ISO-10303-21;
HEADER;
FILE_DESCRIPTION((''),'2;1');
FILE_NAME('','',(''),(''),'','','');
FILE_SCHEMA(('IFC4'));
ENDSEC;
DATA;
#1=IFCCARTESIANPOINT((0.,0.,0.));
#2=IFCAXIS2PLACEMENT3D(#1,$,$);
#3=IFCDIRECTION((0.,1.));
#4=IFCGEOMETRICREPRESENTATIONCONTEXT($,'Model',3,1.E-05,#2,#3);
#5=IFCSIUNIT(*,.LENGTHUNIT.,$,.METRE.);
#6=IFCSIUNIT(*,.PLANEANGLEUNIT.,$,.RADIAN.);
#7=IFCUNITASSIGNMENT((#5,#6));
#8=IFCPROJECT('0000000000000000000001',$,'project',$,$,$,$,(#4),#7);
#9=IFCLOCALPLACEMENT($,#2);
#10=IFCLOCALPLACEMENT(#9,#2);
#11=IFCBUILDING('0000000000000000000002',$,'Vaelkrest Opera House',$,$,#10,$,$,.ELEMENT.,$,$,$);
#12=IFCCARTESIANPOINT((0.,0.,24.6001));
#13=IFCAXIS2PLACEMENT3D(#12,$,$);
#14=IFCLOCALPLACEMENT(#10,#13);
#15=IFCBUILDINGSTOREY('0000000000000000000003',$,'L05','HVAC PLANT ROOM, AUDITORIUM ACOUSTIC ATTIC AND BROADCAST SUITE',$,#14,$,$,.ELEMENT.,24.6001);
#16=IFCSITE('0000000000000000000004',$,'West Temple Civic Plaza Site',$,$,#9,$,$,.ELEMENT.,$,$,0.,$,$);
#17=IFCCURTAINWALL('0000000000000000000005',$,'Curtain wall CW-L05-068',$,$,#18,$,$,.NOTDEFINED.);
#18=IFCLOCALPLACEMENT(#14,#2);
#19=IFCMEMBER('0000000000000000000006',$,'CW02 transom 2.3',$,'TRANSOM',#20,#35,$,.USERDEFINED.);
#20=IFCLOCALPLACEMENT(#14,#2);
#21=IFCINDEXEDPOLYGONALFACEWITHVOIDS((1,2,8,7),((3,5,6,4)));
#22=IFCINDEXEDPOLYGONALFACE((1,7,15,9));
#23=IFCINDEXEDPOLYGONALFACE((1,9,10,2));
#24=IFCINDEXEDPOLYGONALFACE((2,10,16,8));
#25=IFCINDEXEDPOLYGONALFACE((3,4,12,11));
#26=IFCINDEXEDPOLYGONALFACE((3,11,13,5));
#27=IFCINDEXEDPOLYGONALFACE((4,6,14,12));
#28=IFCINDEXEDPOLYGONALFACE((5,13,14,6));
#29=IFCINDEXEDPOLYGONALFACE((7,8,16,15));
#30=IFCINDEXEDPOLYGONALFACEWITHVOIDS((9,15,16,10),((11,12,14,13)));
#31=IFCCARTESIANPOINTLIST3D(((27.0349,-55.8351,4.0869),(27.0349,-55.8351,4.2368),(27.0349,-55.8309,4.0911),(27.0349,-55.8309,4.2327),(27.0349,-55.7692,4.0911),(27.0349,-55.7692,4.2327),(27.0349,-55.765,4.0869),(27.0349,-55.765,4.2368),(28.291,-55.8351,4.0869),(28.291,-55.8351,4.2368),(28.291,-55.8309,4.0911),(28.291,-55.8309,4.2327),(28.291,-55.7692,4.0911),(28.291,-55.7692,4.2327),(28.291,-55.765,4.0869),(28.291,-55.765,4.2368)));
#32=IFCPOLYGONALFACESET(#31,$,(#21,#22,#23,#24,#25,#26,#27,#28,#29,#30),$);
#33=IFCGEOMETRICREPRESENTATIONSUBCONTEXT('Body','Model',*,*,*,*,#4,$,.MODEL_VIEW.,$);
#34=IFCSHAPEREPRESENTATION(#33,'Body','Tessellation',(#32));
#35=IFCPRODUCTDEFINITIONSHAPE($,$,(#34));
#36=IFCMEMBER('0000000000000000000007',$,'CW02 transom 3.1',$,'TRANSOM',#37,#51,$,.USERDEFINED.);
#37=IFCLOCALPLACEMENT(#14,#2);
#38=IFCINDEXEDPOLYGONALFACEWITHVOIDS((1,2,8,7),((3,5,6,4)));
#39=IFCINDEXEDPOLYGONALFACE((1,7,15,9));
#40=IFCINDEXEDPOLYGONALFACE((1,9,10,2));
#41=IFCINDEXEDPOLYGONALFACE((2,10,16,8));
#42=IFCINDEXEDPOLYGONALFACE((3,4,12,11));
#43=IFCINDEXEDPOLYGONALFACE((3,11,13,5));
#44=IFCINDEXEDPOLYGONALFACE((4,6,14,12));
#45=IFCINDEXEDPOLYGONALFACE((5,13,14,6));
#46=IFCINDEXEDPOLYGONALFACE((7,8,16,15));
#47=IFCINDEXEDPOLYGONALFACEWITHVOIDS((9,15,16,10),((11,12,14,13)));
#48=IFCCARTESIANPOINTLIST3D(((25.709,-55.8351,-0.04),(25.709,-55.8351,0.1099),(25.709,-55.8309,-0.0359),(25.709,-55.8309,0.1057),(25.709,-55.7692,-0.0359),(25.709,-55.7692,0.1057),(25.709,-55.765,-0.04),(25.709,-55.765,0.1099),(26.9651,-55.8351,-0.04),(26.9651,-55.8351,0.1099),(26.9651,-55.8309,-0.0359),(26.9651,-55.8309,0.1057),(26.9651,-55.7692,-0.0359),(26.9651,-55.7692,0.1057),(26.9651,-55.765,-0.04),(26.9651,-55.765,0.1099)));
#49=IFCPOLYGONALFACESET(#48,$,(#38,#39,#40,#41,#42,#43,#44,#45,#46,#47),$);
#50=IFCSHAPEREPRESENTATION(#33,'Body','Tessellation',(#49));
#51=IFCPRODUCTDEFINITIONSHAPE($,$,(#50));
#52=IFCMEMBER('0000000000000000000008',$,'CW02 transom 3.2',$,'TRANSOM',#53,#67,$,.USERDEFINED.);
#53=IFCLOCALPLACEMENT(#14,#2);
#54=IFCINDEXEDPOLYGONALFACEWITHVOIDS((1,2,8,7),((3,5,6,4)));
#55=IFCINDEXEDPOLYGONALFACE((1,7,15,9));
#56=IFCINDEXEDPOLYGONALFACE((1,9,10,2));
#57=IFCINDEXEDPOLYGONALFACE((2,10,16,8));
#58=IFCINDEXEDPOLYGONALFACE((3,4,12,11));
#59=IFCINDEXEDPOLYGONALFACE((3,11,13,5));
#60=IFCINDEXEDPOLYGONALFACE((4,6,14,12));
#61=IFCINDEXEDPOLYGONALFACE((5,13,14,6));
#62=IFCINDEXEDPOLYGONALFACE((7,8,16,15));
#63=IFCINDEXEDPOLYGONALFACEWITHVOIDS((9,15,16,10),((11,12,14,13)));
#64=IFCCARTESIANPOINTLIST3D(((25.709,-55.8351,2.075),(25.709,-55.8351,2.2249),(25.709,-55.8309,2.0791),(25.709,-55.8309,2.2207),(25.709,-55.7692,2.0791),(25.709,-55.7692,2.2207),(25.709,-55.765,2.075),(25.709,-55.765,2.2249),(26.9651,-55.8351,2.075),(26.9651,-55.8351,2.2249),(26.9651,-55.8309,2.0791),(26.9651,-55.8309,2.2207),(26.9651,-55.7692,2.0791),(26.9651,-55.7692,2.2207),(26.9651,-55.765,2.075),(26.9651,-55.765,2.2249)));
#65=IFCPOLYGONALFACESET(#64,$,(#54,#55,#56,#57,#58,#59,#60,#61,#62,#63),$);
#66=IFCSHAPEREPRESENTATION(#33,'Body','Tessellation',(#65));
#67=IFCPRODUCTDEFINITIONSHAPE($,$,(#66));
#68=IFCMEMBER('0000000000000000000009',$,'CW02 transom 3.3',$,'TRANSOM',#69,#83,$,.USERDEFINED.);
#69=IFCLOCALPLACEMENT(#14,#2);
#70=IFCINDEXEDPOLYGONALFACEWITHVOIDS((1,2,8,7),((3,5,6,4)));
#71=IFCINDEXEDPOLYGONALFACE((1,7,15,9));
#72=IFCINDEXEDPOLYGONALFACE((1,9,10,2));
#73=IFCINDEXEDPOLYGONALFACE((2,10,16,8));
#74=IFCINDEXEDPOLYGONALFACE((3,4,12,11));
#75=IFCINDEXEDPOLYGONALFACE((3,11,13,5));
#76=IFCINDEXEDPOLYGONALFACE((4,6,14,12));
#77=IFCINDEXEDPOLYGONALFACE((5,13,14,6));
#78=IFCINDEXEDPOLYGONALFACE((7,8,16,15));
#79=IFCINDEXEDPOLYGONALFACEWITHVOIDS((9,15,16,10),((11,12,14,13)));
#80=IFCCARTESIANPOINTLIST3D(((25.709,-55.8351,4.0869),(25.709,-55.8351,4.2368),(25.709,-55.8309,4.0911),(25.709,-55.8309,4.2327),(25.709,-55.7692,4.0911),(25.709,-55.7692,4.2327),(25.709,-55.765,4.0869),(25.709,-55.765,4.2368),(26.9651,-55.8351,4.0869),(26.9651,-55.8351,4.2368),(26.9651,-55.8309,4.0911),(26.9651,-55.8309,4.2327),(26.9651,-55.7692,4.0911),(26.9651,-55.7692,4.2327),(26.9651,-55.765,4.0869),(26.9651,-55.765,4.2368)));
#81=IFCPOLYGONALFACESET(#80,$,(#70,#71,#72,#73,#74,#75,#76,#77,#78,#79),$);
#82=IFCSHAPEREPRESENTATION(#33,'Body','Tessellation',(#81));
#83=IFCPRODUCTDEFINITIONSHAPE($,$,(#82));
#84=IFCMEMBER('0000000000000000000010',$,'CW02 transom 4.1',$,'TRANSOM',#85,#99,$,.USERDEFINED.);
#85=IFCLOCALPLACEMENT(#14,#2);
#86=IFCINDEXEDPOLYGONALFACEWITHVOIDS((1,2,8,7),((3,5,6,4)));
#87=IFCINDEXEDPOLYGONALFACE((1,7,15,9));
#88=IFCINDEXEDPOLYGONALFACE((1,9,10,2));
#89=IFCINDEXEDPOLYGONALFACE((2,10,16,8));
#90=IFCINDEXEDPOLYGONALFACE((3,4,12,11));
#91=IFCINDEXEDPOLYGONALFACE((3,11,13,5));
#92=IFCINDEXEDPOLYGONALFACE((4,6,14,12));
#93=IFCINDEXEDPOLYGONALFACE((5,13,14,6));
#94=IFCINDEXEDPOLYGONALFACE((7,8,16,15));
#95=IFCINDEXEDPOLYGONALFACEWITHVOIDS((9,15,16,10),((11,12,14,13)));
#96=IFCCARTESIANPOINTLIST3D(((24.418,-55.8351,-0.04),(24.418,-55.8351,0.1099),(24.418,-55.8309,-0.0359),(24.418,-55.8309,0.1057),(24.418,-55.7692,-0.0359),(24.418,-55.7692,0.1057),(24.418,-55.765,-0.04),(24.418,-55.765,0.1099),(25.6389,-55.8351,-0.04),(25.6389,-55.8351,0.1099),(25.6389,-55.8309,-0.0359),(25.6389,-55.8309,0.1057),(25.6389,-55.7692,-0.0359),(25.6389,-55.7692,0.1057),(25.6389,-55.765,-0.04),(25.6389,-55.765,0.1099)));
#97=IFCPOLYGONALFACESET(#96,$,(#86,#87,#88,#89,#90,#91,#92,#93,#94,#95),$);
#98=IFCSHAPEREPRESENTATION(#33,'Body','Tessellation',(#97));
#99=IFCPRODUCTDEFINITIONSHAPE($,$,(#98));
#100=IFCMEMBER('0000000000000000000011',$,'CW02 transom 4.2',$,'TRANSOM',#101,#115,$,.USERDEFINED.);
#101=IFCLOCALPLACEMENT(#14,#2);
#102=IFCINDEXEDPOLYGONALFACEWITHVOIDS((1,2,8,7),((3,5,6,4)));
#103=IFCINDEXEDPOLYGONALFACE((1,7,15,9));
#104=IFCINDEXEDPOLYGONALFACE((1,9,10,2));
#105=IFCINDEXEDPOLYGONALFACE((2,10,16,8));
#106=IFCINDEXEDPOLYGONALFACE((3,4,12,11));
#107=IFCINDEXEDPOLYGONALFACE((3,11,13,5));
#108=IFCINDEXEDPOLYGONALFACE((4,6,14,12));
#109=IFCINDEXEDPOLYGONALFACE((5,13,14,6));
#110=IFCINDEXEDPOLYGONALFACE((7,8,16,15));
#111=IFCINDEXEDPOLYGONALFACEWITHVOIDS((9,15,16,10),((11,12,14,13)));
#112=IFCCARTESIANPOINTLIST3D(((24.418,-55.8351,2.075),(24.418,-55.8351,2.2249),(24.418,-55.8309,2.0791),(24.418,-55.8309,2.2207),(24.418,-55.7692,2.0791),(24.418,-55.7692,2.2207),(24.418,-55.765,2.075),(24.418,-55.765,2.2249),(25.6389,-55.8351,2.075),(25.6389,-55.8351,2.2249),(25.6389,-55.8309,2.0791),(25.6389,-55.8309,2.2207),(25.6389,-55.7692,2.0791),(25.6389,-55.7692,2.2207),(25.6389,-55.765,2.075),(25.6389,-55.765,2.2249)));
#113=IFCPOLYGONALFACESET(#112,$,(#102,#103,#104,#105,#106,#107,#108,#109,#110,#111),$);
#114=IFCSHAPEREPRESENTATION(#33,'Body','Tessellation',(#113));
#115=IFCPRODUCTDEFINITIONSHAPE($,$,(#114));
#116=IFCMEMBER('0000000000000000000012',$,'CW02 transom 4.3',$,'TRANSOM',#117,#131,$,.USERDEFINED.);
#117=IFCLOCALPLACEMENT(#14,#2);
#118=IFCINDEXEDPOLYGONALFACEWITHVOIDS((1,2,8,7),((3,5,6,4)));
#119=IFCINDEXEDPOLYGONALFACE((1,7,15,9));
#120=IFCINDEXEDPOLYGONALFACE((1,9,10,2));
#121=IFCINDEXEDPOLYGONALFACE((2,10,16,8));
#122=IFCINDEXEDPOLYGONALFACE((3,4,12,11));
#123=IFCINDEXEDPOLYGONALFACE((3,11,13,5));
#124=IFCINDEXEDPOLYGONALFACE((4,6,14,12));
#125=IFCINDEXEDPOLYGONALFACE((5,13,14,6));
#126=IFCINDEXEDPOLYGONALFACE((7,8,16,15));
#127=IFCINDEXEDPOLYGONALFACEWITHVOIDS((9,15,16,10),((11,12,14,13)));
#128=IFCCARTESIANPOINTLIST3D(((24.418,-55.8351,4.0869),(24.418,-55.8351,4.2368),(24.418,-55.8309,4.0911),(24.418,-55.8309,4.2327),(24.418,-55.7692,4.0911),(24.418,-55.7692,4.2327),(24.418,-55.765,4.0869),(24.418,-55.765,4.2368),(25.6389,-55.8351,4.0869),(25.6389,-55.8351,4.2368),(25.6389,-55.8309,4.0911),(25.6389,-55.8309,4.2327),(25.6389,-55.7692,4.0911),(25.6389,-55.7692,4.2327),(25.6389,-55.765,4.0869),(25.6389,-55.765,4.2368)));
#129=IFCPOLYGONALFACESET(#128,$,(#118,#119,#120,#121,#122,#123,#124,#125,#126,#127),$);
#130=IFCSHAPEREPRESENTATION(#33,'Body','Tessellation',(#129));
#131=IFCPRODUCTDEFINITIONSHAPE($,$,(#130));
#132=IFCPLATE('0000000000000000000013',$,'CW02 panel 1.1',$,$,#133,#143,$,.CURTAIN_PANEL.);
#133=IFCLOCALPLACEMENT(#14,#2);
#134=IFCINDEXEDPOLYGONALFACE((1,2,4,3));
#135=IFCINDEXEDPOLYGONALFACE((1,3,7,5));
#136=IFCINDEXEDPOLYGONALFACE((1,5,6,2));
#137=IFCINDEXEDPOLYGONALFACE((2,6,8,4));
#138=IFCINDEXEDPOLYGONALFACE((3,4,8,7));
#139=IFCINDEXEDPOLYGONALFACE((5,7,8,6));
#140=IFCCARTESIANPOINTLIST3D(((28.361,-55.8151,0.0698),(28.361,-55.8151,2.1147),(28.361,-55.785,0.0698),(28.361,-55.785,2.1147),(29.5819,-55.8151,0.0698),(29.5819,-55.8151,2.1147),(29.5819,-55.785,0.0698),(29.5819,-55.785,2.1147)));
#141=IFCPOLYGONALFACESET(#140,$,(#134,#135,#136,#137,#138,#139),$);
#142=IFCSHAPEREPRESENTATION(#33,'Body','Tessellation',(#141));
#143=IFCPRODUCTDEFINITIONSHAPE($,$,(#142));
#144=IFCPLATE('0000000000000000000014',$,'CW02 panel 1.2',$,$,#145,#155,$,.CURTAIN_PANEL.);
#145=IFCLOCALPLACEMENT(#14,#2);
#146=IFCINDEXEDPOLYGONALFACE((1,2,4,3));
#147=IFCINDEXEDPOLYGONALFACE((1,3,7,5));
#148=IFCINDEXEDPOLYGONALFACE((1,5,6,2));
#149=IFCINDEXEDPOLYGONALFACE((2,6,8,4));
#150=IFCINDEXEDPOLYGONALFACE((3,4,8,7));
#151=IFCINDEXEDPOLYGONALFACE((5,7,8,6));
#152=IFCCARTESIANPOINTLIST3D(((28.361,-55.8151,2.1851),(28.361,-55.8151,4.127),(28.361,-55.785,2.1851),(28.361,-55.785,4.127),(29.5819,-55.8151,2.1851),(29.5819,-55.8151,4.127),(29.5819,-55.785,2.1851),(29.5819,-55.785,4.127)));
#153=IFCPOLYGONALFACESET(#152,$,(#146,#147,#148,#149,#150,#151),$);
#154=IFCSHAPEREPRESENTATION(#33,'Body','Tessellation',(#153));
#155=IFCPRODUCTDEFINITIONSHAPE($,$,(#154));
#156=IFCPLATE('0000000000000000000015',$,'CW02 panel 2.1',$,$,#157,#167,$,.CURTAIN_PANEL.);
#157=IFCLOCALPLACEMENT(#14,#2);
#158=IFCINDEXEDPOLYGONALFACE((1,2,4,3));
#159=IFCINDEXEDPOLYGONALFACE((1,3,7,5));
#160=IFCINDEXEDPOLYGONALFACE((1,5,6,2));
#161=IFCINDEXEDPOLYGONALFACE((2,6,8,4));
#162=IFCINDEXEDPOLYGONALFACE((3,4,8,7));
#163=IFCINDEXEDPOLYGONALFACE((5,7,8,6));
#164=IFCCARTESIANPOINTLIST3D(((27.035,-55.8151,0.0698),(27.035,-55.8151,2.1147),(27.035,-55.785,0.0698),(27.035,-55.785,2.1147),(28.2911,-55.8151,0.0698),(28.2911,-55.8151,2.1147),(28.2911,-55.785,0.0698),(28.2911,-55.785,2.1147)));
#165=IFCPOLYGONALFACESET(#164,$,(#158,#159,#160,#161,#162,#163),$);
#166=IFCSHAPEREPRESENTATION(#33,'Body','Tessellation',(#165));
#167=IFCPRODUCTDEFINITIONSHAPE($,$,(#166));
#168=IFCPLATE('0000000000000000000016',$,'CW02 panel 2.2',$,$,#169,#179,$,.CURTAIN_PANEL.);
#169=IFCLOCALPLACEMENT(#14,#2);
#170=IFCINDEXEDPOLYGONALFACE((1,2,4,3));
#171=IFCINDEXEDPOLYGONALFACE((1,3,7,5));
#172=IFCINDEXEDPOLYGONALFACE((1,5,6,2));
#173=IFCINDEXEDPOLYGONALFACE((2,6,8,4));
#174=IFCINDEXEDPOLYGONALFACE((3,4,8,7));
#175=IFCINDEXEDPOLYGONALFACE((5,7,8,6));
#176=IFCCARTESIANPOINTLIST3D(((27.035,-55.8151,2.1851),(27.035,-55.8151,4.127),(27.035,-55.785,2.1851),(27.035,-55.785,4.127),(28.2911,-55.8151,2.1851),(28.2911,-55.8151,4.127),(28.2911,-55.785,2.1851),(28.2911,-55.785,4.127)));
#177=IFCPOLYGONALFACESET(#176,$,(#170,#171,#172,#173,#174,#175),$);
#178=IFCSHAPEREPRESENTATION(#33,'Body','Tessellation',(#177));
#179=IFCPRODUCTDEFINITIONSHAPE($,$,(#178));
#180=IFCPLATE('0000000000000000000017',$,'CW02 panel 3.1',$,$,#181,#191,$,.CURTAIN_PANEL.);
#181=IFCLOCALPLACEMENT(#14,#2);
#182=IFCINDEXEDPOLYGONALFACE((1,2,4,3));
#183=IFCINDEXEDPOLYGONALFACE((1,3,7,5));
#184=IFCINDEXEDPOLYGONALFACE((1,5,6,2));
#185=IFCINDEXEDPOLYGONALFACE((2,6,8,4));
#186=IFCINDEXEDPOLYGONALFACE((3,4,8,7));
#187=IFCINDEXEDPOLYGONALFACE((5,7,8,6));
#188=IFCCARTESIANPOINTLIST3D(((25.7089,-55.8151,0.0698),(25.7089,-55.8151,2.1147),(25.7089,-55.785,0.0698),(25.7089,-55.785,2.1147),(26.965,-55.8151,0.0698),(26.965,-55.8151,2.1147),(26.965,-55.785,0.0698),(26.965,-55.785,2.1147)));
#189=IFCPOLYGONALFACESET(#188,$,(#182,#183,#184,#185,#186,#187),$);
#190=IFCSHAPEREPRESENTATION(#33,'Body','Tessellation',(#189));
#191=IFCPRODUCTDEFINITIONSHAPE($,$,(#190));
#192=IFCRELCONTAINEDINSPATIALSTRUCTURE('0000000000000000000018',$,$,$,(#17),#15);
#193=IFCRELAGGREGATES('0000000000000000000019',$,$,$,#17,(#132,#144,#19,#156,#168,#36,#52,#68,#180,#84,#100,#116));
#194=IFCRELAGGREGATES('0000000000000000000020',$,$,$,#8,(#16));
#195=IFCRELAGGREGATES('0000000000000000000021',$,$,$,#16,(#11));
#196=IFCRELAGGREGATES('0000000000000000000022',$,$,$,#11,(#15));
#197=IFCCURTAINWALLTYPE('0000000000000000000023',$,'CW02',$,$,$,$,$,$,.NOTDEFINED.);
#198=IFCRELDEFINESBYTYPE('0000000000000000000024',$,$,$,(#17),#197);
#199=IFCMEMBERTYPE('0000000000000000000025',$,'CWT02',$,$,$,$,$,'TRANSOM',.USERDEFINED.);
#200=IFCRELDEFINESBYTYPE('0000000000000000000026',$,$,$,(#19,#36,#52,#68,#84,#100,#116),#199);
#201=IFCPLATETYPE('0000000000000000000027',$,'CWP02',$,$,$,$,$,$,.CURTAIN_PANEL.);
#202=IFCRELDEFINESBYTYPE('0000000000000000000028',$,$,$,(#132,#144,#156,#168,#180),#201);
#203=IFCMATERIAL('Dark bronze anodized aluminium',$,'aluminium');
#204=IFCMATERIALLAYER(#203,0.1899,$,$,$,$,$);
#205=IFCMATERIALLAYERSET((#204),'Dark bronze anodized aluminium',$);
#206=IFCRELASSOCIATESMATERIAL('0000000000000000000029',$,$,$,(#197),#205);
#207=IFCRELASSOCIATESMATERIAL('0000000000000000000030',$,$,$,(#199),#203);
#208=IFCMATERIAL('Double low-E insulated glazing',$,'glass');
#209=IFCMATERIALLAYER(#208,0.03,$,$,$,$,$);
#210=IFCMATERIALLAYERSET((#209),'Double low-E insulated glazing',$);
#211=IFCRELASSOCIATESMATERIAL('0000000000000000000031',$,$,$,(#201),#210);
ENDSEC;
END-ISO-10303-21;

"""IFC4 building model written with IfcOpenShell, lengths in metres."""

from ifc_helpers import new_model, si_unit, direction, frame, origin, origin_2d, place, context, subcontext, project, spatial, rectangle, hollow_rectangle, extrude, material, layer, layer_set, material_profile, profile_set, type_object, element, aggregate, save


model = new_model("IFC4")

# Units and contexts
model_context = context("Model", 3, precision=1e-05, world=origin(), true_north=direction((0.0, 1.0)))
body_context = subcontext(model_context, "Body", "Model", "MODEL_VIEW")
ifc_project = project(units=[si_unit("LENGTHUNIT", "METRE"), si_unit("PLANEANGLEUNIT", "RADIAN")], contexts=[model_context])

# Site, building, storey
site_placement = place(None, origin())
site = spatial("IfcSite", under=ifc_project, at=site_placement, Name="West Temple Civic Plaza Site", CompositionType="ELEMENT", RefElevation=0.0)
building_placement = place(site_placement, origin())
building = spatial("IfcBuilding", under=site, at=building_placement, Name="Vaelkrest Opera House", CompositionType="ELEMENT")
storey_placement = place(building_placement, frame((0.0, 0.0, 24.6001)))
storey = spatial("IfcBuildingStorey", under=building, at=storey_placement, Name="L05", Description="HVAC PLANT ROOM, AUDITORIUM ACOUSTIC ATTIC AND BROADCAST SUITE", CompositionType="ELEMENT", Elevation=24.6001)

# Curtain wall, members, plates
ifc_material_1 = material(Name="Dark bronze anodized aluminium", Category="aluminium")
ifc_layer_1 = layer(ifc_material_1, 0.1899)
ifc_layer_set_1 = layer_set([ifc_layer_1], Name="Dark bronze anodized aluminium")
curtain_wall_type = type_object("IfcCurtainWallType", Name="CW02", PredefinedType="NOTDEFINED", material=ifc_layer_set_1)
curtain_wall_placement = place(storey_placement, origin())
curtain_wall = element("IfcCurtainWall", 1, at=curtain_wall_placement, inside=storey, type_object=curtain_wall_type, Name="Curtain wall CW-L05-068", PredefinedType="NOTDEFINED")
ifc_material_profile_1 = material_profile(ifc_material_1, hollow_rectangle(XDim=0.0701, YDim=0.1499, WallThickness=0.0042, at=origin_2d()), Name="CWT70X150")
ifc_profile_set_1 = profile_set([ifc_material_profile_1], Name="Dark bronze anodized aluminium")
member_type_1 = type_object("IfcMemberType", Name="CWT02", ElementType="TRANSOM", PredefinedType="USERDEFINED", material=ifc_profile_set_1)
member_1_placement = place(storey_placement, frame((28.291, -55.8, 4.1619), z_axis=(-1.0, 0.0, 0.0), x_axis=(0.0, -1.0, 0.0)))
member_1 = element("IfcMember", 2, at=member_1_placement, type_object=member_type_1, Name="CW02 transom 2.3", ObjectType="TRANSOM", PredefinedType="USERDEFINED", context=body_context, shape_type="SweptSolid", body=[
    extrude(hollow_rectangle(XDim=0.0701, YDim=0.1499, WallThickness=0.0042, at=origin_2d()), origin(), (0.0, 0.0, 1.0), 1.2561),
])
member_2_placement = place(storey_placement, frame((26.9651, -55.8, 0.0349), z_axis=(-1.0, 0.0, 0.0), x_axis=(0.0, -1.0, 0.0)))
member_2 = element("IfcMember", 3, at=member_2_placement, type_object=member_type_1, Name="CW02 transom 3.1", ObjectType="TRANSOM", PredefinedType="USERDEFINED", context=body_context, shape_type="SweptSolid", body=[
    extrude(hollow_rectangle(XDim=0.0701, YDim=0.1499, WallThickness=0.0042, at=origin_2d()), origin(), (0.0, 0.0, 1.0), 1.2561),
])
member_3_placement = place(storey_placement, frame((26.9651, -55.8, 2.1499), z_axis=(-1.0, 0.0, 0.0), x_axis=(0.0, -1.0, 0.0)))
member_3 = element("IfcMember", 4, at=member_3_placement, type_object=member_type_1, Name="CW02 transom 3.2", ObjectType="TRANSOM", PredefinedType="USERDEFINED", context=body_context, shape_type="SweptSolid", body=[
    extrude(hollow_rectangle(XDim=0.0701, YDim=0.1499, WallThickness=0.0042, at=origin_2d()), origin(), (0.0, 0.0, 1.0), 1.2561),
])
member_4_placement = place(storey_placement, frame((26.9651, -55.8, 4.1619), z_axis=(-1.0, 0.0, 0.0), x_axis=(0.0, -1.0, 0.0)))
member_4 = element("IfcMember", 5, at=member_4_placement, type_object=member_type_1, Name="CW02 transom 3.3", ObjectType="TRANSOM", PredefinedType="USERDEFINED", context=body_context, shape_type="SweptSolid", body=[
    extrude(hollow_rectangle(XDim=0.0701, YDim=0.1499, WallThickness=0.0042, at=origin_2d()), origin(), (0.0, 0.0, 1.0), 1.2561),
])
member_5_placement = place(storey_placement, frame((25.6389, -55.8, 0.0349), z_axis=(-1.0, 0.0, 0.0), x_axis=(0.0, -1.0, 0.0)))
member_5 = element("IfcMember", 6, at=member_5_placement, type_object=member_type_1, Name="CW02 transom 4.1", ObjectType="TRANSOM", PredefinedType="USERDEFINED", context=body_context, shape_type="SweptSolid", body=[
    extrude(hollow_rectangle(XDim=0.0701, YDim=0.1499, WallThickness=0.0042, at=origin_2d()), origin(), (0.0, 0.0, 1.0), 1.2209),
])
member_6_placement = place(storey_placement, frame((25.6389, -55.8, 2.1499), z_axis=(-1.0, 0.0, 0.0), x_axis=(0.0, -1.0, 0.0)))
member_6 = element("IfcMember", 7, at=member_6_placement, type_object=member_type_1, Name="CW02 transom 4.2", ObjectType="TRANSOM", PredefinedType="USERDEFINED", context=body_context, shape_type="SweptSolid", body=[
    extrude(hollow_rectangle(XDim=0.0701, YDim=0.1499, WallThickness=0.0042, at=origin_2d()), origin(), (0.0, 0.0, 1.0), 1.2209),
])
member_7_placement = place(storey_placement, frame((25.6389, -55.8, 4.1619), z_axis=(-1.0, 0.0, 0.0), x_axis=(0.0, -1.0, 0.0)))
member_7 = element("IfcMember", 8, at=member_7_placement, type_object=member_type_1, Name="CW02 transom 4.3", ObjectType="TRANSOM", PredefinedType="USERDEFINED", context=body_context, shape_type="SweptSolid", body=[
    extrude(hollow_rectangle(XDim=0.0701, YDim=0.1499, WallThickness=0.0042, at=origin_2d()), origin(), (0.0, 0.0, 1.0), 1.2209),
])
ifc_material_2 = material(Name="Double low-E insulated glazing", Category="glass")
ifc_layer_2 = layer(ifc_material_2, 0.03)
ifc_layer_set_2 = layer_set([ifc_layer_2], Name="Double low-E insulated glazing")
plate_type = type_object("IfcPlateType", Name="CWP02", PredefinedType="CURTAIN_PANEL", material=ifc_layer_set_2)
plate_1_placement = place(storey_placement, frame((28.9714, -55.8, 0.0698), z_axis=(0.0, 0.0, 1.0), x_axis=(-1.0, 0.0, 0.0)))
plate_1 = element("IfcPlate", 9, at=plate_1_placement, type_object=plate_type, Name="CW02 panel 1.1", PredefinedType="CURTAIN_PANEL", context=body_context, shape_type="SweptSolid", body=[
    extrude(rectangle(XDim=1.2209, YDim=0.03, at=origin_2d()), origin(), (0.0, 0.0, 1.0), 2.0449),
])
plate_2_placement = place(storey_placement, frame((28.9714, -55.8, 2.1851), z_axis=(0.0, 0.0, 1.0), x_axis=(-1.0, 0.0, 0.0)))
plate_2 = element("IfcPlate", 10, at=plate_2_placement, type_object=plate_type, Name="CW02 panel 1.2", PredefinedType="CURTAIN_PANEL", context=body_context, shape_type="SweptSolid", body=[
    extrude(rectangle(XDim=1.2209, YDim=0.03, at=origin_2d()), origin(), (0.0, 0.0, 1.0), 1.9419),
])
plate_3_placement = place(storey_placement, frame((27.6631, -55.8, 0.0698), z_axis=(0.0, 0.0, 1.0), x_axis=(-1.0, 0.0, 0.0)))
plate_3 = element("IfcPlate", 11, at=plate_3_placement, type_object=plate_type, Name="CW02 panel 2.1", PredefinedType="CURTAIN_PANEL", context=body_context, shape_type="SweptSolid", body=[
    extrude(rectangle(XDim=1.2561, YDim=0.03, at=origin_2d()), origin(), (0.0, 0.0, 1.0), 2.0449),
])
plate_4_placement = place(storey_placement, frame((27.6631, -55.8, 2.1851), z_axis=(0.0, 0.0, 1.0), x_axis=(-1.0, 0.0, 0.0)))
plate_4 = element("IfcPlate", 12, at=plate_4_placement, type_object=plate_type, Name="CW02 panel 2.2", PredefinedType="CURTAIN_PANEL", context=body_context, shape_type="SweptSolid", body=[
    extrude(rectangle(XDim=1.2561, YDim=0.03, at=origin_2d()), origin(), (0.0, 0.0, 1.0), 1.9419),
])
plate_5_placement = place(storey_placement, frame((26.3369, -55.8, 0.0698), z_axis=(0.0, 0.0, 1.0), x_axis=(-1.0, 0.0, 0.0)))
plate_5 = element("IfcPlate", 13, at=plate_5_placement, type_object=plate_type, Name="CW02 panel 3.1", PredefinedType="CURTAIN_PANEL", context=body_context, shape_type="SweptSolid", body=[
    extrude(rectangle(XDim=1.2561, YDim=0.03, at=origin_2d()), origin(), (0.0, 0.0, 1.0), 2.0449),
])
aggregate(curtain_wall, [plate_1, plate_2, member_1, plate_3, plate_4, member_2, member_3, member_4, plate_5, member_5, member_6, member_7])

save(model, "model.ifc")
